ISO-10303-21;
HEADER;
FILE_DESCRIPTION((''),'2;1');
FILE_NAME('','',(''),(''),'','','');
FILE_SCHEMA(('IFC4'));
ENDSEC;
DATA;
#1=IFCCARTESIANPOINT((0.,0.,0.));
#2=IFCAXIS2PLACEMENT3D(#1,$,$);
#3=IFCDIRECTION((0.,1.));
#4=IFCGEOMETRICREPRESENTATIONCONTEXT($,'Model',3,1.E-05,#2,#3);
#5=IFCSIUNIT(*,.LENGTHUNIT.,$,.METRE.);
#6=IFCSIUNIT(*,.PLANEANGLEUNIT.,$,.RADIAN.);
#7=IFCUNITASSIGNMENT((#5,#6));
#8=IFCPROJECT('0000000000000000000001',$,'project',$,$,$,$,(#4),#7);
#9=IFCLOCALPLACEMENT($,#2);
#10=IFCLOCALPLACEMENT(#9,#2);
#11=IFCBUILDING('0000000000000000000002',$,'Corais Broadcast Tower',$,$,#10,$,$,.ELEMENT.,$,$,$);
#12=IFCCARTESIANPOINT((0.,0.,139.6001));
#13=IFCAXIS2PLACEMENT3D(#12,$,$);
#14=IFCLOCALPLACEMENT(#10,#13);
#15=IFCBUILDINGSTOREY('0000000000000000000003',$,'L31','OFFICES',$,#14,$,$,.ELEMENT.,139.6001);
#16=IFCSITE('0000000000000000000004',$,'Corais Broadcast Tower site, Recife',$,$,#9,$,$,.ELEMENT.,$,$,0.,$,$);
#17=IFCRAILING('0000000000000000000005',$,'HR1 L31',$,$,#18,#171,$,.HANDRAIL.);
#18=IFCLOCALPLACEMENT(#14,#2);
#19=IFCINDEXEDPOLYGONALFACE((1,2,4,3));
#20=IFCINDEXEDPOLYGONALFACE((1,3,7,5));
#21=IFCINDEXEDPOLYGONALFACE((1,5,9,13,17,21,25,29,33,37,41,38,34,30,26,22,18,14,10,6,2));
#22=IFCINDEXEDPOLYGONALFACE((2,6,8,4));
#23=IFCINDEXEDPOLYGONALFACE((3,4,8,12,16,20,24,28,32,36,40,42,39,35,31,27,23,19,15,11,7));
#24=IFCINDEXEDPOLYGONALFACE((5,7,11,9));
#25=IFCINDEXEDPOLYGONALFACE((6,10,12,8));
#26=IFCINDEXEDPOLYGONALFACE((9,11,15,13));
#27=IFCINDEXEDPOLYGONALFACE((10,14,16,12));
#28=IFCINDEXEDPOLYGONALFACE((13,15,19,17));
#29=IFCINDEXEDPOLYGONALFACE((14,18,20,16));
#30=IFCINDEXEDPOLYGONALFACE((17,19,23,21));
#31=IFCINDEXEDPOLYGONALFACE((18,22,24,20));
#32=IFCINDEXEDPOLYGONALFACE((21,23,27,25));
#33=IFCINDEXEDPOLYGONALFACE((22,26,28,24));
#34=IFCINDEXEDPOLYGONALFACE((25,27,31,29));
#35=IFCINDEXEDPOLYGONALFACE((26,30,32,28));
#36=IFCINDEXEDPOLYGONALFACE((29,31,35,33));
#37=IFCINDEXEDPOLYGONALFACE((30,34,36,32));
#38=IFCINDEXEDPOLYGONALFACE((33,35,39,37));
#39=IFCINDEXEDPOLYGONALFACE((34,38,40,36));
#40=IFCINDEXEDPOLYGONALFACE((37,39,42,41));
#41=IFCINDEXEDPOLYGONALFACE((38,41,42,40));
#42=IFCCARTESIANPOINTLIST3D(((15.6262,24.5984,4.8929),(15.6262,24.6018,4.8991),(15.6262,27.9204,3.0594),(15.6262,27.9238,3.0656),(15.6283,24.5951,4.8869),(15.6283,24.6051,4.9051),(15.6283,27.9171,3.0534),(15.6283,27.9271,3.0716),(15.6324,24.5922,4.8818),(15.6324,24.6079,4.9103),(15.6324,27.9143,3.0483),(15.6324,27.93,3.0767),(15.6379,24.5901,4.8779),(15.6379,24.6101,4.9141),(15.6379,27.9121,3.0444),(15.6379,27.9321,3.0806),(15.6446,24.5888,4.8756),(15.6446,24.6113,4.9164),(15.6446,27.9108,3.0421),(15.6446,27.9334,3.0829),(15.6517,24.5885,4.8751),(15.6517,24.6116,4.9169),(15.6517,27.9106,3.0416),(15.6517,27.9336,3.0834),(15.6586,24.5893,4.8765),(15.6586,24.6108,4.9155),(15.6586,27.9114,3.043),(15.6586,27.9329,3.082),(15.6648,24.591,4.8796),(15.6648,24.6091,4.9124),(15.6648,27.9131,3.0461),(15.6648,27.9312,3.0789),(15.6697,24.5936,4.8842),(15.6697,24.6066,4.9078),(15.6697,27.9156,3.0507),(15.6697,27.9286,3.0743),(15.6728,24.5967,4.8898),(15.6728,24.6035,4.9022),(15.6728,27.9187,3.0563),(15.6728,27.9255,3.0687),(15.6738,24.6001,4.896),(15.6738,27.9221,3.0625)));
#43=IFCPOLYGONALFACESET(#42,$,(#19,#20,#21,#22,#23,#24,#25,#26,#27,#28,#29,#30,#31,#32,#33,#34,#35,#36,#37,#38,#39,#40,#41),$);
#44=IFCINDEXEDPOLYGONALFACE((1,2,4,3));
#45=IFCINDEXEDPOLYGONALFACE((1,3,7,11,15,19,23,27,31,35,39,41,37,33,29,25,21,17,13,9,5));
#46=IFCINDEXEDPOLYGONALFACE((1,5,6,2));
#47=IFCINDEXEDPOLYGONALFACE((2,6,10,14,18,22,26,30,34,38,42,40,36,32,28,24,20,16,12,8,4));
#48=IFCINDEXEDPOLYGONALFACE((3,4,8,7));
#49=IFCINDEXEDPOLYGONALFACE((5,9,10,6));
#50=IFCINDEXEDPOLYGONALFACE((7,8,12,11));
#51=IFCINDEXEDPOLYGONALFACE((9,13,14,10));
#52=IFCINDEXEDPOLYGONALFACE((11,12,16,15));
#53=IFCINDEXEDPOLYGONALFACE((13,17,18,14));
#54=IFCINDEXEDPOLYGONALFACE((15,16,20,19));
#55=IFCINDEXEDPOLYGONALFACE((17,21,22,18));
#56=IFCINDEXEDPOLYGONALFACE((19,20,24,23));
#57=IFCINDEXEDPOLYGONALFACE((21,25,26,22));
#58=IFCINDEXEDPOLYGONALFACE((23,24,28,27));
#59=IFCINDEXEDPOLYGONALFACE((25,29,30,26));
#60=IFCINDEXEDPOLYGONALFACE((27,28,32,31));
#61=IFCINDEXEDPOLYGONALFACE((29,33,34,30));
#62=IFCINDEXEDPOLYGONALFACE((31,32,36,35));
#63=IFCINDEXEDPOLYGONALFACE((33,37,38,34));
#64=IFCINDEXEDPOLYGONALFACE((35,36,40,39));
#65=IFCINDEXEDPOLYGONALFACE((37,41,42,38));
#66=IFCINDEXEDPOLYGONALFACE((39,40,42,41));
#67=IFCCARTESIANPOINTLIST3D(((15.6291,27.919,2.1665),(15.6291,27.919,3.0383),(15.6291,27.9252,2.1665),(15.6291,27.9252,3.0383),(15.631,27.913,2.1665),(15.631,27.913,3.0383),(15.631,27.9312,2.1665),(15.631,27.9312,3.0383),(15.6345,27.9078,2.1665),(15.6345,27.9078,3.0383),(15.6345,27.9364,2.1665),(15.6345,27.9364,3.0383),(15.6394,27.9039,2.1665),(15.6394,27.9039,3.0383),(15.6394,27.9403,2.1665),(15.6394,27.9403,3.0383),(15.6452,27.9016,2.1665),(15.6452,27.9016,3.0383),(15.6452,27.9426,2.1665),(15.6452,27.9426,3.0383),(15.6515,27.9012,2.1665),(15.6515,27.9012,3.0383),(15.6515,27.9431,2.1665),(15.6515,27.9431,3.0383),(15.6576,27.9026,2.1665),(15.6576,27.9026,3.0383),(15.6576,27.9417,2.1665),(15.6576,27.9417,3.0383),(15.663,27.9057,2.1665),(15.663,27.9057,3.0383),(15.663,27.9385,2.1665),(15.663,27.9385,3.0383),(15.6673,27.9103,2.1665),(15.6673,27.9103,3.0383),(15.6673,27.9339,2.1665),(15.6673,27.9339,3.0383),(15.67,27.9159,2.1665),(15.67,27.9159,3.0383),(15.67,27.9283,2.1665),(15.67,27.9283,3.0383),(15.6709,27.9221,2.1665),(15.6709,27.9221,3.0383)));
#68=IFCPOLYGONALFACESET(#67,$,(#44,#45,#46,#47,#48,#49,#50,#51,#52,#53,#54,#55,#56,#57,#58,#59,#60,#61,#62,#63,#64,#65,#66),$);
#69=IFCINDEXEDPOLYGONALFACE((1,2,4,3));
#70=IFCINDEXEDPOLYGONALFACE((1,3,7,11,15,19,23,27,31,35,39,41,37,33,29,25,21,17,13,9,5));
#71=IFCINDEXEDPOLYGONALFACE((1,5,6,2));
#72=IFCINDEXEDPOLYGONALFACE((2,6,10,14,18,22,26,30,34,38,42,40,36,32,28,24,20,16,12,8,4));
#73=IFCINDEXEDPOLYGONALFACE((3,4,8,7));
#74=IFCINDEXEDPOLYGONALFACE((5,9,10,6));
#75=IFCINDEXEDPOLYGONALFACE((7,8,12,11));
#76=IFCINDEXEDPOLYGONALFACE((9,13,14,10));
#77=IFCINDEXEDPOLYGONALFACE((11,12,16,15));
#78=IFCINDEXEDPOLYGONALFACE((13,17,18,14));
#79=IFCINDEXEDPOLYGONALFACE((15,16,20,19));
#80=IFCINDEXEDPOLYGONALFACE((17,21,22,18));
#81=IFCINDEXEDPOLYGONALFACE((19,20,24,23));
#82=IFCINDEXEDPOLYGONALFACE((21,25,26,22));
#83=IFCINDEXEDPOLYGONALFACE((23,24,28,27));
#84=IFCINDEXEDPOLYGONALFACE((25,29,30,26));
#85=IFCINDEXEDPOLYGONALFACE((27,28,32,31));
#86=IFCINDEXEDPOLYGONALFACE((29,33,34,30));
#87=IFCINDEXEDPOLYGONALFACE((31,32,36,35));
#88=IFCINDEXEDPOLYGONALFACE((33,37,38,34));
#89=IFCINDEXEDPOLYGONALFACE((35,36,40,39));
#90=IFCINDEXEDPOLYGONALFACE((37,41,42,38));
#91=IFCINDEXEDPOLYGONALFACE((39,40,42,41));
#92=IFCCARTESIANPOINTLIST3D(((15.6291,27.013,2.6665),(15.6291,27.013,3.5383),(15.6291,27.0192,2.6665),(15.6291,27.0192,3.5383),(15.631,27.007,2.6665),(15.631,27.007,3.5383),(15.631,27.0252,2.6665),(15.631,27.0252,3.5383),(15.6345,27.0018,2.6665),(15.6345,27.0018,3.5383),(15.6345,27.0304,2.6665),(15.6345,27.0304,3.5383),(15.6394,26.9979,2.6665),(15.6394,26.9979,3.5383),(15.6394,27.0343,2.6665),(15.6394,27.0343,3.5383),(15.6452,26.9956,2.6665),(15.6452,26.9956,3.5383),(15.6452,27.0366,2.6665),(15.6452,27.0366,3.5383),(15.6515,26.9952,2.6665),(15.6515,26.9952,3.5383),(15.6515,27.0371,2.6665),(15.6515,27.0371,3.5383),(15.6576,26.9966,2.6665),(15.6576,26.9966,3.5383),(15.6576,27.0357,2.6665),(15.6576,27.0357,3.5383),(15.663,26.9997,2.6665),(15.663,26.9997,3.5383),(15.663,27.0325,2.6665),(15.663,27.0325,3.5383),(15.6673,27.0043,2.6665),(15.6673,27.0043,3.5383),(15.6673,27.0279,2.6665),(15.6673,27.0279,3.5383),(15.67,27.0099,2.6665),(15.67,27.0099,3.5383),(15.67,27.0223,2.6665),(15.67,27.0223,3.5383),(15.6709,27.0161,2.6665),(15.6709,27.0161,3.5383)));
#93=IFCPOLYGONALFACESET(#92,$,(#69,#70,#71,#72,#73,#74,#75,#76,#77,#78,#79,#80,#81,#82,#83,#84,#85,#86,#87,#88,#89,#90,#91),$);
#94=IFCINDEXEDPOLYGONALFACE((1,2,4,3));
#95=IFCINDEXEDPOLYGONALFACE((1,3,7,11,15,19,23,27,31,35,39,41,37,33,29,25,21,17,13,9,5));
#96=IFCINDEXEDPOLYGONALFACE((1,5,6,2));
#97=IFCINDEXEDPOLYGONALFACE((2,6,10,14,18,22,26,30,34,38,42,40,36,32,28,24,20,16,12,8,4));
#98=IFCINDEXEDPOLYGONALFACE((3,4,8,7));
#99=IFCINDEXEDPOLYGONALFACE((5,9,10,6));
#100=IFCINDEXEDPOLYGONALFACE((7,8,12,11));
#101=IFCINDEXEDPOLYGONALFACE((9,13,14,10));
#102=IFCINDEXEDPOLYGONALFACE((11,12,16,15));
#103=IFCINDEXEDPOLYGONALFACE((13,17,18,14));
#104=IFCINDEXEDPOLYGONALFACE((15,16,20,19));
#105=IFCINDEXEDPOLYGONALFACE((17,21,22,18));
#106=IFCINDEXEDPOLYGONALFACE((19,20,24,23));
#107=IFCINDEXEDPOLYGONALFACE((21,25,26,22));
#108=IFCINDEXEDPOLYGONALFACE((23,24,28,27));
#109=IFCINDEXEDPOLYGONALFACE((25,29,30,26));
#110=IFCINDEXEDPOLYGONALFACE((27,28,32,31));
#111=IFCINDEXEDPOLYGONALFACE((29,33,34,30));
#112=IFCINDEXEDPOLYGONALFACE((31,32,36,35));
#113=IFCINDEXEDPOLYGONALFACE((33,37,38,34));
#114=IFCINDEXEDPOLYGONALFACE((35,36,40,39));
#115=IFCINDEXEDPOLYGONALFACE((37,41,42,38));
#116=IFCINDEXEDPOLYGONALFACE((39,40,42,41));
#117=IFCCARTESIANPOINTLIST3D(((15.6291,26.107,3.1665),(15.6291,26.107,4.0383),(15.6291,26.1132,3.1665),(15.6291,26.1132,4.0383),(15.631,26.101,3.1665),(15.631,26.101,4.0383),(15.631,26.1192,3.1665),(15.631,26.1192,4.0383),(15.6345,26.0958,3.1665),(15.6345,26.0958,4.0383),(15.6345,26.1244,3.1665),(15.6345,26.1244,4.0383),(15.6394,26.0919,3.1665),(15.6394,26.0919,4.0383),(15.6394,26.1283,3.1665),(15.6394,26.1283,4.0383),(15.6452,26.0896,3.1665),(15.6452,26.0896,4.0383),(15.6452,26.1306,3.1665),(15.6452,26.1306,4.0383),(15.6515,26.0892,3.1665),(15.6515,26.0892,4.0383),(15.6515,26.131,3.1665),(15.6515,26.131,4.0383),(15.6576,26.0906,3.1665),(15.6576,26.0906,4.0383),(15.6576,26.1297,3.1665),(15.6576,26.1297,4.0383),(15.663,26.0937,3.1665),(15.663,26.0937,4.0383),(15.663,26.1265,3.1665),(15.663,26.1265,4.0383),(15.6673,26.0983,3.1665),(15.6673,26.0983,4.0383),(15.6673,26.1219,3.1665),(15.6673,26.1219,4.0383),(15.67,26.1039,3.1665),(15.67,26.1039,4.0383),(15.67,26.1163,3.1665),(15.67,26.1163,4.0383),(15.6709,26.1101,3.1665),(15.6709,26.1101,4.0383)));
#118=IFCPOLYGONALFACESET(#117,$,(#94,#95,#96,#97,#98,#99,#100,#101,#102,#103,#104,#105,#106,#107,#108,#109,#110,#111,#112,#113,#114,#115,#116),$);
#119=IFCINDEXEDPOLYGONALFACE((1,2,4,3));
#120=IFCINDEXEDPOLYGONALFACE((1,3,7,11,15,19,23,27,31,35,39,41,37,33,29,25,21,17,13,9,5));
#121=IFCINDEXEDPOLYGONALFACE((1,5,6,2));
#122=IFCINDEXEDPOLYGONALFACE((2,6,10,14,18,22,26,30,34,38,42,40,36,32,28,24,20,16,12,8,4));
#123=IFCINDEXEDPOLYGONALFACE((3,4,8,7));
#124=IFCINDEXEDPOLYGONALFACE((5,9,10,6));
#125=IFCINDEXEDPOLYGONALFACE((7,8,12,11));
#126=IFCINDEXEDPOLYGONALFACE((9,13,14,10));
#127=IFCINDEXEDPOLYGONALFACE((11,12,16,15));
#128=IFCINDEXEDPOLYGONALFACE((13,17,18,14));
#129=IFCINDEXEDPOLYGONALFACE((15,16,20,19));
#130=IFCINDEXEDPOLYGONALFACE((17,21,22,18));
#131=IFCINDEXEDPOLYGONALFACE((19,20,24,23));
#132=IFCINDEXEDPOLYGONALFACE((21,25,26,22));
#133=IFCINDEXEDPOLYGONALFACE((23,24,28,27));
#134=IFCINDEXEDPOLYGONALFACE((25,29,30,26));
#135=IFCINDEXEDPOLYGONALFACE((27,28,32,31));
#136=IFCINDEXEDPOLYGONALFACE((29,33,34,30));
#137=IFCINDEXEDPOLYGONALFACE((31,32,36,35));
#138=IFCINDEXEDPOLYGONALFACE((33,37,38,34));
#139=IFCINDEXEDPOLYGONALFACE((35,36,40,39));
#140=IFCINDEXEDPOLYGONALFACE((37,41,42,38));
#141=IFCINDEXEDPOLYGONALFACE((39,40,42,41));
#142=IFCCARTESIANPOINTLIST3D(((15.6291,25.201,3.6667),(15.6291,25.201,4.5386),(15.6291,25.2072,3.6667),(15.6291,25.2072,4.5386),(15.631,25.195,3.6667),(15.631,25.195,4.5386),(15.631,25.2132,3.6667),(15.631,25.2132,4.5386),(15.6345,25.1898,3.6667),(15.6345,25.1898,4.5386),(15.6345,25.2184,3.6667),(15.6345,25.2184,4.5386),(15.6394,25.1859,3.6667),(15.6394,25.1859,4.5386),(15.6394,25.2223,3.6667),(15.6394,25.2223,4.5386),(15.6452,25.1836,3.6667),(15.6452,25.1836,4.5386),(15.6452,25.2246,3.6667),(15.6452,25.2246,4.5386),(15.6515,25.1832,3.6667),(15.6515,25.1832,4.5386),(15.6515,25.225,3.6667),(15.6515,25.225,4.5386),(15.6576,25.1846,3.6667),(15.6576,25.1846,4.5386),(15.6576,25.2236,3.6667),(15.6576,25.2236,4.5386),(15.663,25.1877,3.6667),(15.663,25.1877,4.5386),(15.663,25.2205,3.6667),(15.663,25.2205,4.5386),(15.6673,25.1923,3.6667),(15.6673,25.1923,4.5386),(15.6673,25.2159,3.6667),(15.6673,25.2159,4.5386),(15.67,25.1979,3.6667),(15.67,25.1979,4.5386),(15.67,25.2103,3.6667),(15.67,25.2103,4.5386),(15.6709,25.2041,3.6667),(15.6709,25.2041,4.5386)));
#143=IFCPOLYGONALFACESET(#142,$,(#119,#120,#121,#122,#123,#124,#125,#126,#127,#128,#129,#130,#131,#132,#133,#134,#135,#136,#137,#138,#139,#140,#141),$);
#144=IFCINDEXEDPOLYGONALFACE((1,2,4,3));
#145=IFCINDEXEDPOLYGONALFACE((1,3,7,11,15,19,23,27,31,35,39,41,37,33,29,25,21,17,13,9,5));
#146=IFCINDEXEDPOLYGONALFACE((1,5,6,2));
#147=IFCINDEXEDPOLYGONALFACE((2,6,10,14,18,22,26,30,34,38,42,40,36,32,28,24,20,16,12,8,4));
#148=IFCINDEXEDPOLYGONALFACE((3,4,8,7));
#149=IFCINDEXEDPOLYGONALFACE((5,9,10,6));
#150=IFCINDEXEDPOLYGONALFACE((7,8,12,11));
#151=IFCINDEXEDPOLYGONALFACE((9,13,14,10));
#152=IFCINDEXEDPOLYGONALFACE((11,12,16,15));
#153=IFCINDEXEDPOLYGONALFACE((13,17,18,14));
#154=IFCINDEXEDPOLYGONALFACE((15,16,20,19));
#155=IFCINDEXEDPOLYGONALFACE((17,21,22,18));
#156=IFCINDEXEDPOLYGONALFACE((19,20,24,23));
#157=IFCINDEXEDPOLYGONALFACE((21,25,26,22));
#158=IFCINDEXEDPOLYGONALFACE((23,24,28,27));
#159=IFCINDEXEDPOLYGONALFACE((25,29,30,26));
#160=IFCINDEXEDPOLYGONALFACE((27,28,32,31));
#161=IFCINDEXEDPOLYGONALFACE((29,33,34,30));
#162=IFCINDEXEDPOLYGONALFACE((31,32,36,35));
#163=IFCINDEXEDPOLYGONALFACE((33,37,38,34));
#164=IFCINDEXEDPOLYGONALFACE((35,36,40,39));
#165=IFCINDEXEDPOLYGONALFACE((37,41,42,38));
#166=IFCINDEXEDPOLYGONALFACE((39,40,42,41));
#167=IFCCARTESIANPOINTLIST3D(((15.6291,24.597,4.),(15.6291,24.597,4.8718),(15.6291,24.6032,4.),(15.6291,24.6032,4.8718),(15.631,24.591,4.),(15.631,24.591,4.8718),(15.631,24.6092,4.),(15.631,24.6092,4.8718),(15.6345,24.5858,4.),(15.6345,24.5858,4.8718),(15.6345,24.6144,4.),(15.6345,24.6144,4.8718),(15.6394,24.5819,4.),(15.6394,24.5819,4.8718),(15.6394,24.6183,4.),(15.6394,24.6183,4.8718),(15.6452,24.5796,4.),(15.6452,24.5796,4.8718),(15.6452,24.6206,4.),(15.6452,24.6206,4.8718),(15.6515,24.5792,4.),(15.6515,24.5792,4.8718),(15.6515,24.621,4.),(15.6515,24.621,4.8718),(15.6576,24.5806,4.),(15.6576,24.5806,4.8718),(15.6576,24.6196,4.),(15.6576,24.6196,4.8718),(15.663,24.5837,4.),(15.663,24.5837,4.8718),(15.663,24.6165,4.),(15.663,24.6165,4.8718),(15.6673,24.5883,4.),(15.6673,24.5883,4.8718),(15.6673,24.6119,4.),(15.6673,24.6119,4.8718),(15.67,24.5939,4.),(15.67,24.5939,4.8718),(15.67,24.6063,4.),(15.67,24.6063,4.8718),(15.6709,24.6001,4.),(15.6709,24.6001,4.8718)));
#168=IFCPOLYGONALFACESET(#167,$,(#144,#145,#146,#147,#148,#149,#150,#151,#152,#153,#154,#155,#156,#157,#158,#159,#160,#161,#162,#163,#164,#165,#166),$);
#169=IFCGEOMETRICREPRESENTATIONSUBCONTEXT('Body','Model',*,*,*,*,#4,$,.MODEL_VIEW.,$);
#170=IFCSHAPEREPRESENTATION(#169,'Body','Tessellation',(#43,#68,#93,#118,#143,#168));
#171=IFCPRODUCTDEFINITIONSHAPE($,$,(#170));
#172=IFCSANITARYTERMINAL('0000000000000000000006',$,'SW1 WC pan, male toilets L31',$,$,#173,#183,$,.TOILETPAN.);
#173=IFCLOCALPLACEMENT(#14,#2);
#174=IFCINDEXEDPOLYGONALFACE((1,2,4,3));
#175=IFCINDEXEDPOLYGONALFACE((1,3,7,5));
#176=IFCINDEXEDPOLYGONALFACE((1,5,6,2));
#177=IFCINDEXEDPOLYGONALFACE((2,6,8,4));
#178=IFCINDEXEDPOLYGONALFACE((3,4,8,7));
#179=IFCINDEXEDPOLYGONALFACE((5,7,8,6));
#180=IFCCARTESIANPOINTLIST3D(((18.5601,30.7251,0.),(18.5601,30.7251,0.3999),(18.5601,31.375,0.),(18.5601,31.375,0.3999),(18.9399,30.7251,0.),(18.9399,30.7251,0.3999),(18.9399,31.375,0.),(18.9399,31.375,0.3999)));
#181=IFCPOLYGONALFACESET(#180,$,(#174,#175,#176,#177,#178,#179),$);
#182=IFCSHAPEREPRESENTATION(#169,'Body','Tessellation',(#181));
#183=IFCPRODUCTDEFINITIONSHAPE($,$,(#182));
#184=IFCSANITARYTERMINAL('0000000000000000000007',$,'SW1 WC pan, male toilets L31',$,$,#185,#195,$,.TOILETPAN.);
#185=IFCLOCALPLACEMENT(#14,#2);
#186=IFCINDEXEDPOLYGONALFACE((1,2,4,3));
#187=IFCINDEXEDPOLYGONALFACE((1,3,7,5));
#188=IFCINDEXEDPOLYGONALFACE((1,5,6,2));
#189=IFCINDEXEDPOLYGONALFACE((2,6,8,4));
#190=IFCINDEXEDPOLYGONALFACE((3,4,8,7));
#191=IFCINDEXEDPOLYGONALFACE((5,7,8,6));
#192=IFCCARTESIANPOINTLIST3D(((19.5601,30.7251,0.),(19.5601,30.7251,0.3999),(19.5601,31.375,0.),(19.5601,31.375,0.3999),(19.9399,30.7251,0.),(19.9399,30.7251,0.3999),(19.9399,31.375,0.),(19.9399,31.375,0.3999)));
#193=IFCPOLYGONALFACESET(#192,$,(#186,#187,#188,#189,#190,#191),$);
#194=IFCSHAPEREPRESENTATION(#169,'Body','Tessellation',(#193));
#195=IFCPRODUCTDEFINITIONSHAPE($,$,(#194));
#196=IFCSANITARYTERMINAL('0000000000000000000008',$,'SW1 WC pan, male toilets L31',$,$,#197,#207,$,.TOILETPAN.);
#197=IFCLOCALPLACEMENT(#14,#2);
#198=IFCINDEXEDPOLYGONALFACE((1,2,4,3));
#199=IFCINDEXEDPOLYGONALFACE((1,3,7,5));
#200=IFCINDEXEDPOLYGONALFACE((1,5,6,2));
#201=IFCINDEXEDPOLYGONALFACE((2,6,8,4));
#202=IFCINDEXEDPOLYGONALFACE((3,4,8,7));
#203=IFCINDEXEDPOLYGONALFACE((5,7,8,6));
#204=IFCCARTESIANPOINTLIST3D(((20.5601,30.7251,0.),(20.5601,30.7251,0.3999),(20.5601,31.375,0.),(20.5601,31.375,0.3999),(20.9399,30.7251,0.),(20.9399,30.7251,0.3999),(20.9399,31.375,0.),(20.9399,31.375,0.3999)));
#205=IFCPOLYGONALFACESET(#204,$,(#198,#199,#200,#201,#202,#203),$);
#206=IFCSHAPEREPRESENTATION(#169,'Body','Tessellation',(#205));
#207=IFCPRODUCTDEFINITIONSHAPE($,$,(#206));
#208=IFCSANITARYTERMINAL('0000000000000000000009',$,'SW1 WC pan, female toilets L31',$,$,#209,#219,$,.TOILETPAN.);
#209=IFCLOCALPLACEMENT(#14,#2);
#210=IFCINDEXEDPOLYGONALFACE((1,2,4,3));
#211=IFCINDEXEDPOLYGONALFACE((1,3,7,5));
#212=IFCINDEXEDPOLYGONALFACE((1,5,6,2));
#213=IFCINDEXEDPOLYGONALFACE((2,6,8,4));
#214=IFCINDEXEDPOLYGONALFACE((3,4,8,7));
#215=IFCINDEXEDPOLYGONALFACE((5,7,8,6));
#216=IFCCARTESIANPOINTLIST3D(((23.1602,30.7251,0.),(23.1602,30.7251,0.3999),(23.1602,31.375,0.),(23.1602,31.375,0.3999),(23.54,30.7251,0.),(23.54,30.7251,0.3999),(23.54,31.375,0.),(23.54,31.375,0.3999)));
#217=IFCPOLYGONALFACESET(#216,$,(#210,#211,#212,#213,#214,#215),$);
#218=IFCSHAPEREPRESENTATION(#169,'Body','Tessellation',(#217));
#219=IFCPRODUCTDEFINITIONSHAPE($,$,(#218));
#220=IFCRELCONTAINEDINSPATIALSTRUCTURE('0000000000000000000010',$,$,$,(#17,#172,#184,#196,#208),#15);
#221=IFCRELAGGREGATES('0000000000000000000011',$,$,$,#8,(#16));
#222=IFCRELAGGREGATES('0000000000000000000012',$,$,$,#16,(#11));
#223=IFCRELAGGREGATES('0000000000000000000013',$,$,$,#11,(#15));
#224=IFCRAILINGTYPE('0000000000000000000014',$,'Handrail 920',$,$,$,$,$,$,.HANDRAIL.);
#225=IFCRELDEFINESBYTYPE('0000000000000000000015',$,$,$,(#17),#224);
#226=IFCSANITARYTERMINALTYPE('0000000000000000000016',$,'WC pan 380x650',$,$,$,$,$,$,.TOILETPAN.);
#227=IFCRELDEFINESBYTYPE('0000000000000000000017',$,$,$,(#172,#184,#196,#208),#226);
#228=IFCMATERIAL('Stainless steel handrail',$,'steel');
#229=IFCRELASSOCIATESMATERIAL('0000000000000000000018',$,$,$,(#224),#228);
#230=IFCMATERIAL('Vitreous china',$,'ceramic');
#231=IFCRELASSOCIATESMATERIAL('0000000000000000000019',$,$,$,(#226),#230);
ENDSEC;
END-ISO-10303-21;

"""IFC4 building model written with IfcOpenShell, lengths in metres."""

from ifc_helpers import new_model, si_unit, direction, frame, origin, origin_2d, place, context, subcontext, project, spatial, rectangle, circle, extrude, material, type_object, element, save


model = new_model("IFC4")

# Units and contexts
model_context = context("Model", 3, precision=1e-05, world=origin(), true_north=direction((0.0, 1.0)))
body_context = subcontext(model_context, "Body", "Model", "MODEL_VIEW")
ifc_project = project(units=[si_unit("LENGTHUNIT", "METRE"), si_unit("PLANEANGLEUNIT", "RADIAN")], contexts=[model_context])

# Site, building, storey
site_placement = place(None, origin())
site = spatial("IfcSite", under=ifc_project, at=site_placement, Name="Corais Broadcast Tower site, Recife", CompositionType="ELEMENT", RefElevation=0.0)
building_placement = place(site_placement, origin())
building = spatial("IfcBuilding", under=site, at=building_placement, Name="Corais Broadcast Tower", CompositionType="ELEMENT")
storey_placement = place(building_placement, frame((0.0, 0.0, 139.6001)))
storey = spatial("IfcBuildingStorey", under=building, at=storey_placement, Name="L31", Description="OFFICES", CompositionType="ELEMENT", Elevation=139.6001)

# Railing
ifc_material_1 = material(Name="Stainless steel handrail", Category="steel")
railing_type = type_object("IfcRailingType", Name="Handrail 920", PredefinedType="HANDRAIL", material=ifc_material_1)
for number, where, name in (
    (1, (15.6499, 27.9221, 2.1665), "HR1 L31"),
):
    element("IfcRailing", number, at=place(storey_placement, frame(where)), inside=storey, type_object=railing_type, Name=name, PredefinedType="HANDRAIL", context=body_context, shape_type="SweptSolid", body=[
        extrude(circle(Radius=0.0239, at=origin_2d()), frame((0.0, 0.0, 0.896), z_axis=(0.0, -0.875504, 0.48321), x_axis=(1.0, 0.0, 0.0)), (0.0, 0.0, 1.0), 3.7944),
        extrude(circle(Radius=0.021, at=origin_2d()), origin(), (0.0, 0.0, 1.0), 0.8718),
        extrude(circle(Radius=0.021, at=origin_2d()), frame((0.0, -0.906, 0.5)), (0.0, 0.0, 1.0), 0.8718),
        extrude(circle(Radius=0.021, at=origin_2d()), frame((0.0, -1.812, 1.0)), (0.0, 0.0, 1.0), 0.8718),
        extrude(circle(Radius=0.021, at=origin_2d()), frame((0.0, -2.718, 1.5002)), (0.0, 0.0, 1.0), 0.8718),
        extrude(circle(Radius=0.021, at=origin_2d()), frame((0.0, -3.322, 1.8335)), (0.0, 0.0, 1.0), 0.8718),
    ])

# Sanitary terminals
ifc_material_2 = material(Name="Vitreous china", Category="ceramic")
sanitary_terminal_type_1 = type_object("IfcSanitaryTerminalType", Name="WC pan 380x650", PredefinedType="TOILETPAN", material=ifc_material_2)
for number, where, z_axis, x_axis, name in (
    (2, (18.75, 31.05, 0.0), (0.0, 0.0, 1.0), (1.0, 0.0, 0.0), "SW1 WC pan, male toilets L31"),
    (3, (19.75, 31.05, 0.0), (0.0, 0.0, 1.0), (1.0, 0.0, 0.0), "SW1 WC pan, male toilets L31"),
    (4, (20.75, 31.05, 0.0), (0.0, 0.0, 1.0), (1.0, 0.0, 0.0), "SW1 WC pan, male toilets L31"),
    (5, (23.3501, 31.05, 0.0), (0.0, 0.0, 1.0), (1.0, 0.0, 0.0), "SW1 WC pan, female toilets L31"),
):
    element("IfcSanitaryTerminal", number, at=place(storey_placement, frame(where, z_axis=z_axis, x_axis=x_axis)), inside=storey, type_object=sanitary_terminal_type_1, Name=name, PredefinedType="TOILETPAN", context=body_context, shape_type="SweptSolid", body=[
        extrude(rectangle(XDim=0.3799, YDim=0.6499, at=origin_2d()), origin(), (0.0, 0.0, 1.0), 0.3999),
    ])

save(model, "model.ifc")
